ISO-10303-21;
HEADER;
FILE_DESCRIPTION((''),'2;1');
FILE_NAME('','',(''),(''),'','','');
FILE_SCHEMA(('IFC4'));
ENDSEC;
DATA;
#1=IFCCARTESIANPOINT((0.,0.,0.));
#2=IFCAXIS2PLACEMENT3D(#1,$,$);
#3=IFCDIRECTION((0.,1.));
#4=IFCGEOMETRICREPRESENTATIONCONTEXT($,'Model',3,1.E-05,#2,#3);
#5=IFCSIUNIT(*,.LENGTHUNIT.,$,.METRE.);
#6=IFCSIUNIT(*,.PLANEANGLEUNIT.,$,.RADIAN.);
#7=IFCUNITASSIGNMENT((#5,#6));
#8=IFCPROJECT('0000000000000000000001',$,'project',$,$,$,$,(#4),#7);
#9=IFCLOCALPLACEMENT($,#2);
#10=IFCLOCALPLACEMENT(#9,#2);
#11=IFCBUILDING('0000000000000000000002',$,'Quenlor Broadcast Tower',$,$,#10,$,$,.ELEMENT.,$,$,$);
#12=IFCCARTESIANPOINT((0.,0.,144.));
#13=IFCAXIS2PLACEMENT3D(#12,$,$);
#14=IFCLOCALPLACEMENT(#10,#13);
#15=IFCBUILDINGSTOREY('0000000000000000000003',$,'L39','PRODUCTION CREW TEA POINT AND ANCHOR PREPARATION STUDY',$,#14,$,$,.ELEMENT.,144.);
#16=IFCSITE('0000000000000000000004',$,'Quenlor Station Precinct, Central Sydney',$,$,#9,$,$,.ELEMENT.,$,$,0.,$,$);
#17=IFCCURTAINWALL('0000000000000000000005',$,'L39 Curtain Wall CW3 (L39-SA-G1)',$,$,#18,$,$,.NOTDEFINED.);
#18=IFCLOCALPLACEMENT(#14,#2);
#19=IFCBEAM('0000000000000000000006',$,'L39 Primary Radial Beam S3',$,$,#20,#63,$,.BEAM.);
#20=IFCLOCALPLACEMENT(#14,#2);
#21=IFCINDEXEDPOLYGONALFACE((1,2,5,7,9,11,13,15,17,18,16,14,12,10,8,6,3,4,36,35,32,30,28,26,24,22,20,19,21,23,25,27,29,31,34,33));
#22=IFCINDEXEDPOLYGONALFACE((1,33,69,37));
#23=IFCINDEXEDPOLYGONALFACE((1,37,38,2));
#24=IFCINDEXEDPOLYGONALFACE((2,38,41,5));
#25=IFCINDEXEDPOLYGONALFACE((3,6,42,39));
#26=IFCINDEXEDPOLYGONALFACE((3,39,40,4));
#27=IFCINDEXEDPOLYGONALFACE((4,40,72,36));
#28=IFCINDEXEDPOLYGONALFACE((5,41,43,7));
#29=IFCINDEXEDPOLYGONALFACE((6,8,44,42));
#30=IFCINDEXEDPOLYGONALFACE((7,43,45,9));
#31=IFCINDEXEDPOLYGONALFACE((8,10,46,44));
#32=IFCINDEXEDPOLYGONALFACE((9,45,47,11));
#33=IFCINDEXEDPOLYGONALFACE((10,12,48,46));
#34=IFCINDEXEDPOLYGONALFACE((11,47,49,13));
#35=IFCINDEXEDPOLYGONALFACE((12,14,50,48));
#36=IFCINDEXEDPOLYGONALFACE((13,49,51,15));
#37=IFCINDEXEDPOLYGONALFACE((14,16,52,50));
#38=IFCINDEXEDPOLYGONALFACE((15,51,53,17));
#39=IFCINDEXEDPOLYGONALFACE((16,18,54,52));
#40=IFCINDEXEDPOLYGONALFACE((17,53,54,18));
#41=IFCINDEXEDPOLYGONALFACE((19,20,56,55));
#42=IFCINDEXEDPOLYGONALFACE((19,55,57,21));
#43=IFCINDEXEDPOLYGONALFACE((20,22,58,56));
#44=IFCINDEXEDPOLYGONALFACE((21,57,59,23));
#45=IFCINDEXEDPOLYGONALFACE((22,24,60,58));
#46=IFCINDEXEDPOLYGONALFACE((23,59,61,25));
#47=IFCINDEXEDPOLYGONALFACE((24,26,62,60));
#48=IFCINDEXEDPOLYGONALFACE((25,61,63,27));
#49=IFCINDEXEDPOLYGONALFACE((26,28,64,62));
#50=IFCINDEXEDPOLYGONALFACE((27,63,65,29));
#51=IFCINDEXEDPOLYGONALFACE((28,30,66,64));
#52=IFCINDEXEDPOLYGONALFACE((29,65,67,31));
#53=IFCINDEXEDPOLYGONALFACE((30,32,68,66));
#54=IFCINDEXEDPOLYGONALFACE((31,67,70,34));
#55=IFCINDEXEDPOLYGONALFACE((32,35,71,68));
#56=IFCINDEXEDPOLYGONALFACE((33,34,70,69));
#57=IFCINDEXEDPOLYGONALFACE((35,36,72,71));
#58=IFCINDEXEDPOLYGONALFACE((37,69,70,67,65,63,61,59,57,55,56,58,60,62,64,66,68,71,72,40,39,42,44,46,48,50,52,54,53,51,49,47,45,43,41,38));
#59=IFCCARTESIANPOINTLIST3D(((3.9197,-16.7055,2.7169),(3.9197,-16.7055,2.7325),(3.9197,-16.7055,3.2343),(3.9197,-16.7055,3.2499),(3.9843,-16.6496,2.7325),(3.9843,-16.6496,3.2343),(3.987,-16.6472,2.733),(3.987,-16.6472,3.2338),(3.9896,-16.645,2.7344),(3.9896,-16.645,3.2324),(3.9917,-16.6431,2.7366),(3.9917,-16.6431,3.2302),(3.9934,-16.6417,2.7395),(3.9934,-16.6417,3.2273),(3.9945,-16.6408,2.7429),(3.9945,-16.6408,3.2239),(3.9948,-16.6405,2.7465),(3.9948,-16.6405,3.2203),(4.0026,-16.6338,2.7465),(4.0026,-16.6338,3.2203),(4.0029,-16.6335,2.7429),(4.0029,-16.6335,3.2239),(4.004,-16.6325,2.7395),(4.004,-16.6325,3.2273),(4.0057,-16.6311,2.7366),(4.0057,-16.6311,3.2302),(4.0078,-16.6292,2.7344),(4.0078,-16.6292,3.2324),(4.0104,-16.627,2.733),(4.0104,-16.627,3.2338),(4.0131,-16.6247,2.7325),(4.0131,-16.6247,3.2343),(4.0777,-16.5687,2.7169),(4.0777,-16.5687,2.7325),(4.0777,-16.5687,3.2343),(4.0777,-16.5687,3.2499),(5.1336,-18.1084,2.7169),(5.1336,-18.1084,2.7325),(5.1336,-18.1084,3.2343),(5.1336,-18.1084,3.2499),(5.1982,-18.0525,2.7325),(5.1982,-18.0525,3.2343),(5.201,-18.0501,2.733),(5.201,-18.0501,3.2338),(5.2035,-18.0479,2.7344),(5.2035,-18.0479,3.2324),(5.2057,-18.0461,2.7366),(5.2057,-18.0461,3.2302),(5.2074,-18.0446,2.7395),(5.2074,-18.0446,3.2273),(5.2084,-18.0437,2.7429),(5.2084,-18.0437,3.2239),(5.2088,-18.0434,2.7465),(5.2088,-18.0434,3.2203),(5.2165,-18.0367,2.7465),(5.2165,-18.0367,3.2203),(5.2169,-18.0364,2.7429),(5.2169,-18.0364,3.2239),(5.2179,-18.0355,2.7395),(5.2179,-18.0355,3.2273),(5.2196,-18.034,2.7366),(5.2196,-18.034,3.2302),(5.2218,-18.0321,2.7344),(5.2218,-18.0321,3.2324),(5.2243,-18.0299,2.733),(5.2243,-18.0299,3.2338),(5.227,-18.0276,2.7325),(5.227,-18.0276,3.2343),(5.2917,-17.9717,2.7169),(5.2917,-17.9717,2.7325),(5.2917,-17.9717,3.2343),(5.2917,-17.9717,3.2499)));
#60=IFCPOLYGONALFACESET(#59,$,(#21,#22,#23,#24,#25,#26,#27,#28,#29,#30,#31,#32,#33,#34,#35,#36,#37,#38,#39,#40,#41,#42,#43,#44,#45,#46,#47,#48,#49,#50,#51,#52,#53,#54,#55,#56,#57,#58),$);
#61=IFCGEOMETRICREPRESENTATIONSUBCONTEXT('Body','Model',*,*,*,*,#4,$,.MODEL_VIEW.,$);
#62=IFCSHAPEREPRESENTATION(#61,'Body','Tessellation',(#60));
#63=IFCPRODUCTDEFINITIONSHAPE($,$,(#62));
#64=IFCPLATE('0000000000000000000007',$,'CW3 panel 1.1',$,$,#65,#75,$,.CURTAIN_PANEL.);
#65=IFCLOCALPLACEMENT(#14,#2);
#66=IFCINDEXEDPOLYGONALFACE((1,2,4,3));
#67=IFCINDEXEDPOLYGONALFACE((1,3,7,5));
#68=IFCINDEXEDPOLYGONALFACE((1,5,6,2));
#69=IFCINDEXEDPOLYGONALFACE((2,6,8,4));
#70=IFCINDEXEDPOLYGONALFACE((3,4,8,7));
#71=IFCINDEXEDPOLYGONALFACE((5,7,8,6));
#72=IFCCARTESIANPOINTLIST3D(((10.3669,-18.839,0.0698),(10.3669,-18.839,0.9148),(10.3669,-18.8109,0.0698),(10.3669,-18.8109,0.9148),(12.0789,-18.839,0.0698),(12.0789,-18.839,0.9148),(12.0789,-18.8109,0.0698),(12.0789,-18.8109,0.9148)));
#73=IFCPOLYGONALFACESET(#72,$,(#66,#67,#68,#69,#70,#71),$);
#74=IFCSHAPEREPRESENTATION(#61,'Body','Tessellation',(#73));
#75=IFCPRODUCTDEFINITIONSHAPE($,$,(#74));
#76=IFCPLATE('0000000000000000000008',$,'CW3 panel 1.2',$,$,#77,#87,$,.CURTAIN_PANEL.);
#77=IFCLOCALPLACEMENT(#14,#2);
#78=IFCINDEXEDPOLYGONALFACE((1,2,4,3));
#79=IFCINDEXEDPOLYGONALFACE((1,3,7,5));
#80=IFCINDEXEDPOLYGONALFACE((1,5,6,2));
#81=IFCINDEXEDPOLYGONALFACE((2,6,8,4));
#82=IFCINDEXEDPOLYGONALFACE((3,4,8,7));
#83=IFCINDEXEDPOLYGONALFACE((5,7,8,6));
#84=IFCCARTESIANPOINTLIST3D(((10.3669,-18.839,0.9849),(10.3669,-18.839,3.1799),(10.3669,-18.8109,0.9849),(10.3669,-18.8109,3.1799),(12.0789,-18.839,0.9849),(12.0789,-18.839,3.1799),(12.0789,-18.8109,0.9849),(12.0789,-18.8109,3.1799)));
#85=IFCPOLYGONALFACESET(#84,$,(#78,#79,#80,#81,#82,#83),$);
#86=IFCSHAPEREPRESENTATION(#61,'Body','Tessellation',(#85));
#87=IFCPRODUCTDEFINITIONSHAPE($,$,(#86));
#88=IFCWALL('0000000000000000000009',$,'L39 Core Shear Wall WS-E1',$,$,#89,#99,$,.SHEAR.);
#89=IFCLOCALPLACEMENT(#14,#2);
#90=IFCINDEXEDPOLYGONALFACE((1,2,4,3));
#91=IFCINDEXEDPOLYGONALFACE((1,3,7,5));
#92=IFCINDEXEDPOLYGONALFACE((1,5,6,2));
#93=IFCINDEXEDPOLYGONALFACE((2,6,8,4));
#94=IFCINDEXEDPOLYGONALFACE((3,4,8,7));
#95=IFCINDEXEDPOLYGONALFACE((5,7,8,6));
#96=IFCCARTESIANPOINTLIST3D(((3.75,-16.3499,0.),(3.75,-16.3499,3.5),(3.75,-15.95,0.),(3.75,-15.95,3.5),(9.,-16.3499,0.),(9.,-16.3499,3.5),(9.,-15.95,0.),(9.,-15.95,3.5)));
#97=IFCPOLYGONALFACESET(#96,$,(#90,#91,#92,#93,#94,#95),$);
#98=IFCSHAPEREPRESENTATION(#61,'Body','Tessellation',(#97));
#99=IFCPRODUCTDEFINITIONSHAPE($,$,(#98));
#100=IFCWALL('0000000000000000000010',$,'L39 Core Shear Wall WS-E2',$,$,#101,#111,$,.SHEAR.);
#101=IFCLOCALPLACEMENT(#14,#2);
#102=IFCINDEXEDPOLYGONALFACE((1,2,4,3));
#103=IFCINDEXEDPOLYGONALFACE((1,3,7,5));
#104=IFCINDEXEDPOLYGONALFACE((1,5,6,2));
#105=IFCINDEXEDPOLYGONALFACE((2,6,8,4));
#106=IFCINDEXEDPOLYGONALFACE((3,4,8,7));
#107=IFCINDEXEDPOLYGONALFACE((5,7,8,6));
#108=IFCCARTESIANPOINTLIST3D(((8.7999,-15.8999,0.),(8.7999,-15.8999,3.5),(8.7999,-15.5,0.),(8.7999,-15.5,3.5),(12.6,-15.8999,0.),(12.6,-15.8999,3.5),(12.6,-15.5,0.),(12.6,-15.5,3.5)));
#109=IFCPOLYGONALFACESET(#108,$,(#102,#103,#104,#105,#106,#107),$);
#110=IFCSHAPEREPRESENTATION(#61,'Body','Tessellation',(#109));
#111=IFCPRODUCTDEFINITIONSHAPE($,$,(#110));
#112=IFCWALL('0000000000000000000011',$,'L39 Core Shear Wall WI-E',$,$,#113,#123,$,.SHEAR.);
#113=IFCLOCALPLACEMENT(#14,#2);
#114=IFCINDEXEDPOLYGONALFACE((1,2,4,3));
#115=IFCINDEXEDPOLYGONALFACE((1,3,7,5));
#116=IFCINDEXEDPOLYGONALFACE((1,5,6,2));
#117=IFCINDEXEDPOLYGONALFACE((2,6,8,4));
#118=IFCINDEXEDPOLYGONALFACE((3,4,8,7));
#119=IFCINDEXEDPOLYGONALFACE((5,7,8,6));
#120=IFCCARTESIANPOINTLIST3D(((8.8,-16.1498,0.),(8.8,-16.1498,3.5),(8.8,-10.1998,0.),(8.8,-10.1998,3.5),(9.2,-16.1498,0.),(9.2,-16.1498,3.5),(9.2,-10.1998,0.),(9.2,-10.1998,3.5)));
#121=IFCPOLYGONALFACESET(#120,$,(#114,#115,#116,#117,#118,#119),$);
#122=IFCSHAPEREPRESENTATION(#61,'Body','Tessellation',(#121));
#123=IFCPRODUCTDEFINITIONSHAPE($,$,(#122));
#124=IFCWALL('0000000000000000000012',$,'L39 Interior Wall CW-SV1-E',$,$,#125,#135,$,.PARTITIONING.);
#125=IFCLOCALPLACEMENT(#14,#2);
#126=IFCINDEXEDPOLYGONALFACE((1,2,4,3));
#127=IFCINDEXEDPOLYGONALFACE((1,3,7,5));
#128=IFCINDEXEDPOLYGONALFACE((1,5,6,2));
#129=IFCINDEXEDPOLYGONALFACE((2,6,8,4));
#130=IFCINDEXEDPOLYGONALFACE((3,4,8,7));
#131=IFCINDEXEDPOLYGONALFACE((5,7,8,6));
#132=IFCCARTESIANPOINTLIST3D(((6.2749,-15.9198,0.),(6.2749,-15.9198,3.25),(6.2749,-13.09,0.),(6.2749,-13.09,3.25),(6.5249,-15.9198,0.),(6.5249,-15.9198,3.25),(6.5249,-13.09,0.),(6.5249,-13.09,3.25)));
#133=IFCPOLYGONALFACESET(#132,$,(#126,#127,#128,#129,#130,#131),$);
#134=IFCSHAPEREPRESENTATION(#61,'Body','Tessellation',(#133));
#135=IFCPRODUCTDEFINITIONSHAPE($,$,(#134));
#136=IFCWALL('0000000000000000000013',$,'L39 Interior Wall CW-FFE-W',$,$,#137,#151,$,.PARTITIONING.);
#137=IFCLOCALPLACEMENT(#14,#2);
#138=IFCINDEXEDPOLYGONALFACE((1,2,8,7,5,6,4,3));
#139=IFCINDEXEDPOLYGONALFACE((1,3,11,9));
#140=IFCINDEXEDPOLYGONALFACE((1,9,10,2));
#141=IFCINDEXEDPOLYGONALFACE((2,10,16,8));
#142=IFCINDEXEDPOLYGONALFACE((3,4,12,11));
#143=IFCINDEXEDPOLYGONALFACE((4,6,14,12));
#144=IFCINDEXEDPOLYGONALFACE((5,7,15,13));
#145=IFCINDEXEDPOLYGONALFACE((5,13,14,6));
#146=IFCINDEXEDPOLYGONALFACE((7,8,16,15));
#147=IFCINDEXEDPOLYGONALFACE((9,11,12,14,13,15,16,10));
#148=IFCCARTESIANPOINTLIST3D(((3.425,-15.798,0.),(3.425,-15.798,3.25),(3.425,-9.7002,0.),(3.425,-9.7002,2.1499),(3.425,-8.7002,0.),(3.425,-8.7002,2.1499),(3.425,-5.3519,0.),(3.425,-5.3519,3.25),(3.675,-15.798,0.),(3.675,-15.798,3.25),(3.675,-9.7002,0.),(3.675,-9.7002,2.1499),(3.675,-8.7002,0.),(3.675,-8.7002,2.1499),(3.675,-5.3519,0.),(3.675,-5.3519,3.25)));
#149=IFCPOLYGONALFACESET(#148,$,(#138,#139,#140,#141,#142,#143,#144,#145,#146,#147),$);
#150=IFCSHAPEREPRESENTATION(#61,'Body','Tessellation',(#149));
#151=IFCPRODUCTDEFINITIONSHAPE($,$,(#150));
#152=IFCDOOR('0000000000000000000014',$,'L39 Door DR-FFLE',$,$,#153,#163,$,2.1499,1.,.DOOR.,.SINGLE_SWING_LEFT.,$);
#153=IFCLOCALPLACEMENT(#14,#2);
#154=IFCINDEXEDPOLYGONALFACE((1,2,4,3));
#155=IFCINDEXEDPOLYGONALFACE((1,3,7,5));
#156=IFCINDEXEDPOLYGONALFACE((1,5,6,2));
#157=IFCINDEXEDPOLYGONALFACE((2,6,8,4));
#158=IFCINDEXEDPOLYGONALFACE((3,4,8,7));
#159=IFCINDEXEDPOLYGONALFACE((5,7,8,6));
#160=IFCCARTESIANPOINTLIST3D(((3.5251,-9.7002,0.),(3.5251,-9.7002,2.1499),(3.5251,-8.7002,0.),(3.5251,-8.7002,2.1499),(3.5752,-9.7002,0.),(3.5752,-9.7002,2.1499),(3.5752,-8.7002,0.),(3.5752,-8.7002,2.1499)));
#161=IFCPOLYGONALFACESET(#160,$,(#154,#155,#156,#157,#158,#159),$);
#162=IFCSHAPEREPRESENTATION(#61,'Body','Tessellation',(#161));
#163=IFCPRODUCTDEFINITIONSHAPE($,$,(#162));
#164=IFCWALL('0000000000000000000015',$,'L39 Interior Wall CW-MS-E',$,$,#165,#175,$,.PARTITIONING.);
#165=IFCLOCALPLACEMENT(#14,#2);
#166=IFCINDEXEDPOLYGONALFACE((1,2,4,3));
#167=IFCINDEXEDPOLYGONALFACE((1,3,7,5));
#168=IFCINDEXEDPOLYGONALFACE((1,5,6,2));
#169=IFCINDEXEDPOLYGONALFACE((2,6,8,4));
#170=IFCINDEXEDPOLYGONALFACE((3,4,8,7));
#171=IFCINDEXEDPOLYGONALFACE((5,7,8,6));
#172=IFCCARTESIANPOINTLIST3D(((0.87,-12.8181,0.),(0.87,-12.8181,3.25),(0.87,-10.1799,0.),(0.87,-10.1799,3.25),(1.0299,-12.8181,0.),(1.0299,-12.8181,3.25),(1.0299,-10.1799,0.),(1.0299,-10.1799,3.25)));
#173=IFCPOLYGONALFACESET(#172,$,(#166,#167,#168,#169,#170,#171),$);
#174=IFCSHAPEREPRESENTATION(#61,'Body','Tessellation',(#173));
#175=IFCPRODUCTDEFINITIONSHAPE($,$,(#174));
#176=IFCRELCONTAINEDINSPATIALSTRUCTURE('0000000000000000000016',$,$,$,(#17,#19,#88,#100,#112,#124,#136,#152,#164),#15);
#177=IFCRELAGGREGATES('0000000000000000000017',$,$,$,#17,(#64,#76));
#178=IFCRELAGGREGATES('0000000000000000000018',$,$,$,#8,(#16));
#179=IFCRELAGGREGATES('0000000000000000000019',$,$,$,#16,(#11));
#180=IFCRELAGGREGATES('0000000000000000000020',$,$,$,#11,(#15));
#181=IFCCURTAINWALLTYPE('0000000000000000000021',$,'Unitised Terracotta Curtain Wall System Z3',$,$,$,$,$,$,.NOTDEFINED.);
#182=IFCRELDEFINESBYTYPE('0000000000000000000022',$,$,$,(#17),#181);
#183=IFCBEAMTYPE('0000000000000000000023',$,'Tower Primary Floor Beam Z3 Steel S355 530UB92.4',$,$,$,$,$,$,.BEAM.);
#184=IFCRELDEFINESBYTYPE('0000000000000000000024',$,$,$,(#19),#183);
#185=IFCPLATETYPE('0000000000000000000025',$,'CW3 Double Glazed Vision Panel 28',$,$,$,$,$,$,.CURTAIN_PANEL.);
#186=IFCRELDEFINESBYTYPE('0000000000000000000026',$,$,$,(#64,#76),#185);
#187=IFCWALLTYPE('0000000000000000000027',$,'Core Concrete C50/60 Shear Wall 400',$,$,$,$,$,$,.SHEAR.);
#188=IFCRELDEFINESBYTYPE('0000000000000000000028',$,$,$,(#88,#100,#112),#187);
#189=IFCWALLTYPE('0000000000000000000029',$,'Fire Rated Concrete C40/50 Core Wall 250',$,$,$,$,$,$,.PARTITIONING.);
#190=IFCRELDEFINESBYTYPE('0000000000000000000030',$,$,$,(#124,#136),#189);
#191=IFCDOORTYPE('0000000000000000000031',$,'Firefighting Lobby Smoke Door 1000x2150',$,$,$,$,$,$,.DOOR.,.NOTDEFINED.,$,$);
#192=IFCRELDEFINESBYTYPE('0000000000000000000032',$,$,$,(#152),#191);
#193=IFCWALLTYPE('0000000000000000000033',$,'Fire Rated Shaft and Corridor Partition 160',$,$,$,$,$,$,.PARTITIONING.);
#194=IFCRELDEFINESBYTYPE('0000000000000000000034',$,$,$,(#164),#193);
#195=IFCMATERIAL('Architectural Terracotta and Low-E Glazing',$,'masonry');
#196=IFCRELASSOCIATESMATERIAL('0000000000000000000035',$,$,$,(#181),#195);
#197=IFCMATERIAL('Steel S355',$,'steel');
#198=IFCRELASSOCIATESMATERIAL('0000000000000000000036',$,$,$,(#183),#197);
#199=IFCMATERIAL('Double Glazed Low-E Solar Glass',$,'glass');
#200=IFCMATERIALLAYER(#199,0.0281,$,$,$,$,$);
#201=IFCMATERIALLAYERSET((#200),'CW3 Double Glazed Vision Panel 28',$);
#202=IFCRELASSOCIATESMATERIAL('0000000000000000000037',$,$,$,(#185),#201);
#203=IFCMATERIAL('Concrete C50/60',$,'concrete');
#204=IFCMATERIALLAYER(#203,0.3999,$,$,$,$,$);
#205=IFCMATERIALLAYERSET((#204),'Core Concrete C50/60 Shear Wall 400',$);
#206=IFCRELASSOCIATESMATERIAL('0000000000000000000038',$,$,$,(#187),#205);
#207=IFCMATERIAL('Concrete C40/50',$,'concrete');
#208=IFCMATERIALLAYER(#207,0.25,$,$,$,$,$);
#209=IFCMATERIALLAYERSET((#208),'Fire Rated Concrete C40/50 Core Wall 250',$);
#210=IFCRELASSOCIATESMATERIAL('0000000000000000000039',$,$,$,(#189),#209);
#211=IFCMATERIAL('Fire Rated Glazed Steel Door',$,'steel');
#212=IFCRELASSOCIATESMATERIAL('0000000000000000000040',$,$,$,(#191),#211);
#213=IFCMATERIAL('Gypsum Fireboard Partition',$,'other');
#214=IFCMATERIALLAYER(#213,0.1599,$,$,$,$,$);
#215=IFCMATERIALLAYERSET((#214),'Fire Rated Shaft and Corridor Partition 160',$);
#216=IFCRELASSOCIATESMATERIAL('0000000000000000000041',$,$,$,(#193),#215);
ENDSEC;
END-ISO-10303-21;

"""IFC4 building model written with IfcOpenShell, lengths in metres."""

from ifc_helpers import new_model, si_unit, direction, frame, frame_2d, origin, origin_2d, place, context, subcontext, project, spatial, rectangle, i_section, extrude, material, layer, layer_set, material_profile, profile_set, type_object, element, fill, aggregate, save


model = new_model("IFC4")

# Units and contexts
model_context = context("Model", 3, precision=1e-05, world=origin(), true_north=direction((0.0, 1.0)))
body_context = subcontext(model_context, "Body", "Model", "MODEL_VIEW")
ifc_project = project(units=[si_unit("LENGTHUNIT", "METRE"), si_unit("PLANEANGLEUNIT", "RADIAN")], contexts=[model_context])

# Site, building, storey
site_placement = place(None, origin())
site = spatial("IfcSite", under=ifc_project, at=site_placement, Name="Quenlor Station Precinct, Central Sydney", CompositionType="ELEMENT", RefElevation=0.0)
building_placement = place(site_placement, origin())
building = spatial("IfcBuilding", under=site, at=building_placement, Name="Quenlor Broadcast Tower", CompositionType="ELEMENT")
storey_placement = place(building_placement, frame((0.0, 0.0, 144.0)))
storey = spatial("IfcBuildingStorey", under=building, at=storey_placement, Name="L39", Description="PRODUCTION CREW TEA POINT AND ANCHOR PREPARATION STUDY", CompositionType="ELEMENT", Elevation=144.0)

# Curtain wall
ifc_material_1 = material(Name="Architectural Terracotta and Low-E Glazing", Category="masonry")
curtain_wall_type = type_object("IfcCurtainWallType", Name="Unitised Terracotta Curtain Wall System Z3", PredefinedType="NOTDEFINED", material=ifc_material_1)
curtain_wall_placement = place(storey_placement, origin())
curtain_wall = element("IfcCurtainWall", 1, at=curtain_wall_placement, inside=storey, type_object=curtain_wall_type, Name="L39 Curtain Wall CW3 (L39-SA-G1)", PredefinedType="NOTDEFINED")

# Beam
ifc_material_2 = material(Name="Steel S355", Category="steel")
ifc_material_profile_1 = material_profile(ifc_material_2, i_section(OverallWidth=0.209, OverallDepth=0.533, WebThickness=0.0103, FlangeThickness=0.0156, FilletRadius=0.0139, at=origin_2d()))
ifc_profile_set_1 = profile_set([ifc_material_profile_1], Name="Steel S355 530UB92.4")
beam_type_1 = type_object("IfcBeamType", Name="Tower Primary Floor Beam Z3 Steel S355 530UB92.4", PredefinedType="BEAM", material=ifc_profile_set_1)
beam_1_placement = place(storey_placement, frame((5.2126, -18.04, 2.9834), z_axis=(-0.654339, 0.756201, 0.0), x_axis=(-0.756201, -0.654339, 0.0)))
element("IfcBeam", 2, at=beam_1_placement, inside=storey, type_object=beam_type_1, Name="L39 Primary Radial Beam S3", PredefinedType="BEAM", context=body_context, shape_type="SweptSolid", body=[
    extrude(i_section(OverallWidth=0.209, OverallDepth=0.533, WebThickness=0.0103, FlangeThickness=0.0156, FilletRadius=0.0139, at=origin_2d()), origin(), (0.0, 0.0, 1.0), 1.8552),
])

# Plates
ifc_material_3 = material(Name="Double Glazed Low-E Solar Glass", Category="glass")
ifc_layer_1 = layer(ifc_material_3, 0.0281)
ifc_layer_set_1 = layer_set([ifc_layer_1], Name="CW3 Double Glazed Vision Panel 28")
plate_type = type_object("IfcPlateType", Name="CW3 Double Glazed Vision Panel 28", PredefinedType="CURTAIN_PANEL", material=ifc_layer_set_1)
plate_1_placement = place(storey_placement, frame((11.2229, -18.825, 0.0698), z_axis=(0.0, 0.0, 1.0), x_axis=(-1.0, 0.0, 0.0)))
plate_1 = element("IfcPlate", 3, at=plate_1_placement, type_object=plate_type, Name="CW3 panel 1.1", PredefinedType="CURTAIN_PANEL", context=body_context, shape_type="SweptSolid", body=[
    extrude(rectangle(XDim=1.7119, YDim=0.0281, at=origin_2d()), origin(), (0.0, 0.0, 1.0), 0.845),
])
plate_2_placement = place(storey_placement, frame((11.2229, -18.825, 0.9849), z_axis=(0.0, 0.0, 1.0), x_axis=(-1.0, 0.0, 0.0)))
plate_2 = element("IfcPlate", 4, at=plate_2_placement, type_object=plate_type, Name="CW3 panel 1.2", PredefinedType="CURTAIN_PANEL", context=body_context, shape_type="SweptSolid", body=[
    extrude(rectangle(XDim=1.7119, YDim=0.0281, at=origin_2d()), origin(), (0.0, 0.0, 1.0), 2.1951),
])
aggregate(curtain_wall, [plate_1, plate_2])

# Walls
ifc_material_4 = material(Name="Concrete C50/60", Category="concrete")
ifc_layer_2 = layer(ifc_material_4, 0.3999)
ifc_layer_set_2 = layer_set([ifc_layer_2], Name="Core Concrete C50/60 Shear Wall 400")
wall_type_1 = type_object("IfcWallType", Name="Core Concrete C50/60 Shear Wall 400", PredefinedType="SHEAR", material=ifc_layer_set_2)
wall_1_placement = place(storey_placement, frame((3.75, -16.1499, 0.0), z_axis=(0.0, 0.0, 1.0), x_axis=(1.0, 0.0, 0.0)))
element("IfcWall", 5, at=wall_1_placement, inside=storey, type_object=wall_type_1, Name="L39 Core Shear Wall WS-E1", PredefinedType="SHEAR", context=body_context, shape_type="SweptSolid", body=[
    extrude(rectangle(XDim=5.25, YDim=0.3999, at=frame_2d((2.625, 0.0))), origin(), (0.0, 0.0, 1.0), 3.5),
])
wall_2_placement = place(storey_placement, frame((8.8, -15.7, 0.0), z_axis=(0.0, 0.0, 1.0), x_axis=(1.0, 0.0, 0.0)))
element("IfcWall", 6, at=wall_2_placement, inside=storey, type_object=wall_type_1, Name="L39 Core Shear Wall WS-E2", PredefinedType="SHEAR", context=body_context, shape_type="SweptSolid", body=[
    extrude(rectangle(XDim=3.8, YDim=0.3999, at=frame_2d((1.8999, 0.0))), origin(), (0.0, 0.0, 1.0), 3.5),
])
wall_3_placement = place(storey_placement, frame((9.0, -16.1499, 0.0), z_axis=(0.0, 0.0, 1.0), x_axis=(0.0, 1.0, 0.0)))
element("IfcWall", 7, at=wall_3_placement, inside=storey, type_object=wall_type_1, Name="L39 Core Shear Wall WI-E", PredefinedType="SHEAR", context=body_context, shape_type="SweptSolid", body=[
    extrude(rectangle(XDim=5.95, YDim=0.3999, at=frame_2d((2.9751, 0.0))), origin(), (0.0, 0.0, 1.0), 3.5),
])

# Shared definitions
ifc_material_5 = material(Name="Concrete C40/50", Category="concrete")
ifc_layer_3 = layer(ifc_material_5, 0.25)
ifc_layer_set_3 = layer_set([ifc_layer_3], Name="Fire Rated Concrete C40/50 Core Wall 250")
wall_type_2 = type_object("IfcWallType", Name="Fire Rated Concrete C40/50 Core Wall 250", PredefinedType="PARTITIONING", material=ifc_layer_set_3)

# Wall
wall_4_placement = place(storey_placement, frame((6.3999, -15.9199, 0.0), z_axis=(0.0, 0.0, 1.0), x_axis=(0.0, 1.0, 0.0)))
element("IfcWall", 8, at=wall_4_placement, inside=storey, type_object=wall_type_2, Name="L39 Interior Wall CW-SV1-E", PredefinedType="PARTITIONING", context=body_context, shape_type="SweptSolid", body=[
    extrude(rectangle(XDim=2.8298, YDim=0.25, at=frame_2d((1.415, 0.0))), origin(), (0.0, 0.0, 1.0), 3.25),
])

# Wall, opening, door
wall_5_placement = place(storey_placement, frame((3.55, -15.7981, 0.0), z_axis=(0.0, 0.0, 1.0), x_axis=(0.0, 1.0, 0.0)))
wall_5 = element("IfcWall", 9, at=wall_5_placement, inside=storey, type_object=wall_type_2, Name="L39 Interior Wall CW-FFE-W", PredefinedType="PARTITIONING", context=body_context, shape_type="SweptSolid", body=[
    extrude(rectangle(XDim=10.446, YDim=0.25, at=frame_2d((5.2231, 0.0))), origin(), (0.0, 0.0, 1.0), 3.25),
])
opening_1_placement = place(wall_5_placement, frame((6.0979, 0.0, 0.0)))
opening_1 = element("IfcOpeningElement", 10, at=opening_1_placement, cuts=wall_5, PredefinedType="OPENING", context=body_context, shape_type="SweptSolid", body=[
    extrude(rectangle(XDim=1.0, YDim=2.1499, at=frame_2d((0.5, 1.075))), frame((0.0, 0.135, 0.0), z_axis=(0.0, -1.0, 0.0), x_axis=(1.0, 0.0, 0.0)), (0.0, 0.0, 1.0), 0.27),
])
ifc_material_6 = material(Name="Fire Rated Glazed Steel Door", Category="steel")
door_type_1 = type_object("IfcDoorType", Name="Firefighting Lobby Smoke Door 1000x2150", OperationType="NOTDEFINED", PredefinedType="DOOR", material=ifc_material_6)
door_1_placement = place(opening_1_placement, origin())
door_1 = element("IfcDoor", 11, at=door_1_placement, inside=storey, type_object=door_type_1, Name="L39 Door DR-FFLE", OperationType="SINGLE_SWING_LEFT", OverallHeight=2.1499, OverallWidth=1.0, PredefinedType="DOOR", context=body_context, shape_type="SweptSolid", body=[
    extrude(rectangle(XDim=1.0, YDim=2.1499, at=frame_2d((0.5, 1.075))), frame((0.0, 0.0249, 0.0), z_axis=(0.0, -1.0, 0.0), x_axis=(1.0, 0.0, 0.0)), (0.0, 0.0, 1.0), 0.05),
])
fill(opening_1, door_1)

# Wall
ifc_material_7 = material(Name="Gypsum Fireboard Partition", Category="other")
ifc_layer_4 = layer(ifc_material_7, 0.1599)
ifc_layer_set_4 = layer_set([ifc_layer_4], Name="Fire Rated Shaft and Corridor Partition 160")
wall_type_3 = type_object("IfcWallType", Name="Fire Rated Shaft and Corridor Partition 160", PredefinedType="PARTITIONING", material=ifc_layer_set_4)
wall_6_placement = place(storey_placement, frame((0.95, -12.8181, 0.0), z_axis=(0.0, 0.0, 1.0), x_axis=(0.0, 1.0, 0.0)))
element("IfcWall", 12, at=wall_6_placement, inside=storey, type_object=wall_type_3, Name="L39 Interior Wall CW-MS-E", PredefinedType="PARTITIONING", context=body_context, shape_type="SweptSolid", body=[
    extrude(rectangle(XDim=2.6382, YDim=0.1599, at=frame_2d((1.3191, 0.0))), origin(), (0.0, 0.0, 1.0), 3.25),
])

save(model, "model.ifc")
